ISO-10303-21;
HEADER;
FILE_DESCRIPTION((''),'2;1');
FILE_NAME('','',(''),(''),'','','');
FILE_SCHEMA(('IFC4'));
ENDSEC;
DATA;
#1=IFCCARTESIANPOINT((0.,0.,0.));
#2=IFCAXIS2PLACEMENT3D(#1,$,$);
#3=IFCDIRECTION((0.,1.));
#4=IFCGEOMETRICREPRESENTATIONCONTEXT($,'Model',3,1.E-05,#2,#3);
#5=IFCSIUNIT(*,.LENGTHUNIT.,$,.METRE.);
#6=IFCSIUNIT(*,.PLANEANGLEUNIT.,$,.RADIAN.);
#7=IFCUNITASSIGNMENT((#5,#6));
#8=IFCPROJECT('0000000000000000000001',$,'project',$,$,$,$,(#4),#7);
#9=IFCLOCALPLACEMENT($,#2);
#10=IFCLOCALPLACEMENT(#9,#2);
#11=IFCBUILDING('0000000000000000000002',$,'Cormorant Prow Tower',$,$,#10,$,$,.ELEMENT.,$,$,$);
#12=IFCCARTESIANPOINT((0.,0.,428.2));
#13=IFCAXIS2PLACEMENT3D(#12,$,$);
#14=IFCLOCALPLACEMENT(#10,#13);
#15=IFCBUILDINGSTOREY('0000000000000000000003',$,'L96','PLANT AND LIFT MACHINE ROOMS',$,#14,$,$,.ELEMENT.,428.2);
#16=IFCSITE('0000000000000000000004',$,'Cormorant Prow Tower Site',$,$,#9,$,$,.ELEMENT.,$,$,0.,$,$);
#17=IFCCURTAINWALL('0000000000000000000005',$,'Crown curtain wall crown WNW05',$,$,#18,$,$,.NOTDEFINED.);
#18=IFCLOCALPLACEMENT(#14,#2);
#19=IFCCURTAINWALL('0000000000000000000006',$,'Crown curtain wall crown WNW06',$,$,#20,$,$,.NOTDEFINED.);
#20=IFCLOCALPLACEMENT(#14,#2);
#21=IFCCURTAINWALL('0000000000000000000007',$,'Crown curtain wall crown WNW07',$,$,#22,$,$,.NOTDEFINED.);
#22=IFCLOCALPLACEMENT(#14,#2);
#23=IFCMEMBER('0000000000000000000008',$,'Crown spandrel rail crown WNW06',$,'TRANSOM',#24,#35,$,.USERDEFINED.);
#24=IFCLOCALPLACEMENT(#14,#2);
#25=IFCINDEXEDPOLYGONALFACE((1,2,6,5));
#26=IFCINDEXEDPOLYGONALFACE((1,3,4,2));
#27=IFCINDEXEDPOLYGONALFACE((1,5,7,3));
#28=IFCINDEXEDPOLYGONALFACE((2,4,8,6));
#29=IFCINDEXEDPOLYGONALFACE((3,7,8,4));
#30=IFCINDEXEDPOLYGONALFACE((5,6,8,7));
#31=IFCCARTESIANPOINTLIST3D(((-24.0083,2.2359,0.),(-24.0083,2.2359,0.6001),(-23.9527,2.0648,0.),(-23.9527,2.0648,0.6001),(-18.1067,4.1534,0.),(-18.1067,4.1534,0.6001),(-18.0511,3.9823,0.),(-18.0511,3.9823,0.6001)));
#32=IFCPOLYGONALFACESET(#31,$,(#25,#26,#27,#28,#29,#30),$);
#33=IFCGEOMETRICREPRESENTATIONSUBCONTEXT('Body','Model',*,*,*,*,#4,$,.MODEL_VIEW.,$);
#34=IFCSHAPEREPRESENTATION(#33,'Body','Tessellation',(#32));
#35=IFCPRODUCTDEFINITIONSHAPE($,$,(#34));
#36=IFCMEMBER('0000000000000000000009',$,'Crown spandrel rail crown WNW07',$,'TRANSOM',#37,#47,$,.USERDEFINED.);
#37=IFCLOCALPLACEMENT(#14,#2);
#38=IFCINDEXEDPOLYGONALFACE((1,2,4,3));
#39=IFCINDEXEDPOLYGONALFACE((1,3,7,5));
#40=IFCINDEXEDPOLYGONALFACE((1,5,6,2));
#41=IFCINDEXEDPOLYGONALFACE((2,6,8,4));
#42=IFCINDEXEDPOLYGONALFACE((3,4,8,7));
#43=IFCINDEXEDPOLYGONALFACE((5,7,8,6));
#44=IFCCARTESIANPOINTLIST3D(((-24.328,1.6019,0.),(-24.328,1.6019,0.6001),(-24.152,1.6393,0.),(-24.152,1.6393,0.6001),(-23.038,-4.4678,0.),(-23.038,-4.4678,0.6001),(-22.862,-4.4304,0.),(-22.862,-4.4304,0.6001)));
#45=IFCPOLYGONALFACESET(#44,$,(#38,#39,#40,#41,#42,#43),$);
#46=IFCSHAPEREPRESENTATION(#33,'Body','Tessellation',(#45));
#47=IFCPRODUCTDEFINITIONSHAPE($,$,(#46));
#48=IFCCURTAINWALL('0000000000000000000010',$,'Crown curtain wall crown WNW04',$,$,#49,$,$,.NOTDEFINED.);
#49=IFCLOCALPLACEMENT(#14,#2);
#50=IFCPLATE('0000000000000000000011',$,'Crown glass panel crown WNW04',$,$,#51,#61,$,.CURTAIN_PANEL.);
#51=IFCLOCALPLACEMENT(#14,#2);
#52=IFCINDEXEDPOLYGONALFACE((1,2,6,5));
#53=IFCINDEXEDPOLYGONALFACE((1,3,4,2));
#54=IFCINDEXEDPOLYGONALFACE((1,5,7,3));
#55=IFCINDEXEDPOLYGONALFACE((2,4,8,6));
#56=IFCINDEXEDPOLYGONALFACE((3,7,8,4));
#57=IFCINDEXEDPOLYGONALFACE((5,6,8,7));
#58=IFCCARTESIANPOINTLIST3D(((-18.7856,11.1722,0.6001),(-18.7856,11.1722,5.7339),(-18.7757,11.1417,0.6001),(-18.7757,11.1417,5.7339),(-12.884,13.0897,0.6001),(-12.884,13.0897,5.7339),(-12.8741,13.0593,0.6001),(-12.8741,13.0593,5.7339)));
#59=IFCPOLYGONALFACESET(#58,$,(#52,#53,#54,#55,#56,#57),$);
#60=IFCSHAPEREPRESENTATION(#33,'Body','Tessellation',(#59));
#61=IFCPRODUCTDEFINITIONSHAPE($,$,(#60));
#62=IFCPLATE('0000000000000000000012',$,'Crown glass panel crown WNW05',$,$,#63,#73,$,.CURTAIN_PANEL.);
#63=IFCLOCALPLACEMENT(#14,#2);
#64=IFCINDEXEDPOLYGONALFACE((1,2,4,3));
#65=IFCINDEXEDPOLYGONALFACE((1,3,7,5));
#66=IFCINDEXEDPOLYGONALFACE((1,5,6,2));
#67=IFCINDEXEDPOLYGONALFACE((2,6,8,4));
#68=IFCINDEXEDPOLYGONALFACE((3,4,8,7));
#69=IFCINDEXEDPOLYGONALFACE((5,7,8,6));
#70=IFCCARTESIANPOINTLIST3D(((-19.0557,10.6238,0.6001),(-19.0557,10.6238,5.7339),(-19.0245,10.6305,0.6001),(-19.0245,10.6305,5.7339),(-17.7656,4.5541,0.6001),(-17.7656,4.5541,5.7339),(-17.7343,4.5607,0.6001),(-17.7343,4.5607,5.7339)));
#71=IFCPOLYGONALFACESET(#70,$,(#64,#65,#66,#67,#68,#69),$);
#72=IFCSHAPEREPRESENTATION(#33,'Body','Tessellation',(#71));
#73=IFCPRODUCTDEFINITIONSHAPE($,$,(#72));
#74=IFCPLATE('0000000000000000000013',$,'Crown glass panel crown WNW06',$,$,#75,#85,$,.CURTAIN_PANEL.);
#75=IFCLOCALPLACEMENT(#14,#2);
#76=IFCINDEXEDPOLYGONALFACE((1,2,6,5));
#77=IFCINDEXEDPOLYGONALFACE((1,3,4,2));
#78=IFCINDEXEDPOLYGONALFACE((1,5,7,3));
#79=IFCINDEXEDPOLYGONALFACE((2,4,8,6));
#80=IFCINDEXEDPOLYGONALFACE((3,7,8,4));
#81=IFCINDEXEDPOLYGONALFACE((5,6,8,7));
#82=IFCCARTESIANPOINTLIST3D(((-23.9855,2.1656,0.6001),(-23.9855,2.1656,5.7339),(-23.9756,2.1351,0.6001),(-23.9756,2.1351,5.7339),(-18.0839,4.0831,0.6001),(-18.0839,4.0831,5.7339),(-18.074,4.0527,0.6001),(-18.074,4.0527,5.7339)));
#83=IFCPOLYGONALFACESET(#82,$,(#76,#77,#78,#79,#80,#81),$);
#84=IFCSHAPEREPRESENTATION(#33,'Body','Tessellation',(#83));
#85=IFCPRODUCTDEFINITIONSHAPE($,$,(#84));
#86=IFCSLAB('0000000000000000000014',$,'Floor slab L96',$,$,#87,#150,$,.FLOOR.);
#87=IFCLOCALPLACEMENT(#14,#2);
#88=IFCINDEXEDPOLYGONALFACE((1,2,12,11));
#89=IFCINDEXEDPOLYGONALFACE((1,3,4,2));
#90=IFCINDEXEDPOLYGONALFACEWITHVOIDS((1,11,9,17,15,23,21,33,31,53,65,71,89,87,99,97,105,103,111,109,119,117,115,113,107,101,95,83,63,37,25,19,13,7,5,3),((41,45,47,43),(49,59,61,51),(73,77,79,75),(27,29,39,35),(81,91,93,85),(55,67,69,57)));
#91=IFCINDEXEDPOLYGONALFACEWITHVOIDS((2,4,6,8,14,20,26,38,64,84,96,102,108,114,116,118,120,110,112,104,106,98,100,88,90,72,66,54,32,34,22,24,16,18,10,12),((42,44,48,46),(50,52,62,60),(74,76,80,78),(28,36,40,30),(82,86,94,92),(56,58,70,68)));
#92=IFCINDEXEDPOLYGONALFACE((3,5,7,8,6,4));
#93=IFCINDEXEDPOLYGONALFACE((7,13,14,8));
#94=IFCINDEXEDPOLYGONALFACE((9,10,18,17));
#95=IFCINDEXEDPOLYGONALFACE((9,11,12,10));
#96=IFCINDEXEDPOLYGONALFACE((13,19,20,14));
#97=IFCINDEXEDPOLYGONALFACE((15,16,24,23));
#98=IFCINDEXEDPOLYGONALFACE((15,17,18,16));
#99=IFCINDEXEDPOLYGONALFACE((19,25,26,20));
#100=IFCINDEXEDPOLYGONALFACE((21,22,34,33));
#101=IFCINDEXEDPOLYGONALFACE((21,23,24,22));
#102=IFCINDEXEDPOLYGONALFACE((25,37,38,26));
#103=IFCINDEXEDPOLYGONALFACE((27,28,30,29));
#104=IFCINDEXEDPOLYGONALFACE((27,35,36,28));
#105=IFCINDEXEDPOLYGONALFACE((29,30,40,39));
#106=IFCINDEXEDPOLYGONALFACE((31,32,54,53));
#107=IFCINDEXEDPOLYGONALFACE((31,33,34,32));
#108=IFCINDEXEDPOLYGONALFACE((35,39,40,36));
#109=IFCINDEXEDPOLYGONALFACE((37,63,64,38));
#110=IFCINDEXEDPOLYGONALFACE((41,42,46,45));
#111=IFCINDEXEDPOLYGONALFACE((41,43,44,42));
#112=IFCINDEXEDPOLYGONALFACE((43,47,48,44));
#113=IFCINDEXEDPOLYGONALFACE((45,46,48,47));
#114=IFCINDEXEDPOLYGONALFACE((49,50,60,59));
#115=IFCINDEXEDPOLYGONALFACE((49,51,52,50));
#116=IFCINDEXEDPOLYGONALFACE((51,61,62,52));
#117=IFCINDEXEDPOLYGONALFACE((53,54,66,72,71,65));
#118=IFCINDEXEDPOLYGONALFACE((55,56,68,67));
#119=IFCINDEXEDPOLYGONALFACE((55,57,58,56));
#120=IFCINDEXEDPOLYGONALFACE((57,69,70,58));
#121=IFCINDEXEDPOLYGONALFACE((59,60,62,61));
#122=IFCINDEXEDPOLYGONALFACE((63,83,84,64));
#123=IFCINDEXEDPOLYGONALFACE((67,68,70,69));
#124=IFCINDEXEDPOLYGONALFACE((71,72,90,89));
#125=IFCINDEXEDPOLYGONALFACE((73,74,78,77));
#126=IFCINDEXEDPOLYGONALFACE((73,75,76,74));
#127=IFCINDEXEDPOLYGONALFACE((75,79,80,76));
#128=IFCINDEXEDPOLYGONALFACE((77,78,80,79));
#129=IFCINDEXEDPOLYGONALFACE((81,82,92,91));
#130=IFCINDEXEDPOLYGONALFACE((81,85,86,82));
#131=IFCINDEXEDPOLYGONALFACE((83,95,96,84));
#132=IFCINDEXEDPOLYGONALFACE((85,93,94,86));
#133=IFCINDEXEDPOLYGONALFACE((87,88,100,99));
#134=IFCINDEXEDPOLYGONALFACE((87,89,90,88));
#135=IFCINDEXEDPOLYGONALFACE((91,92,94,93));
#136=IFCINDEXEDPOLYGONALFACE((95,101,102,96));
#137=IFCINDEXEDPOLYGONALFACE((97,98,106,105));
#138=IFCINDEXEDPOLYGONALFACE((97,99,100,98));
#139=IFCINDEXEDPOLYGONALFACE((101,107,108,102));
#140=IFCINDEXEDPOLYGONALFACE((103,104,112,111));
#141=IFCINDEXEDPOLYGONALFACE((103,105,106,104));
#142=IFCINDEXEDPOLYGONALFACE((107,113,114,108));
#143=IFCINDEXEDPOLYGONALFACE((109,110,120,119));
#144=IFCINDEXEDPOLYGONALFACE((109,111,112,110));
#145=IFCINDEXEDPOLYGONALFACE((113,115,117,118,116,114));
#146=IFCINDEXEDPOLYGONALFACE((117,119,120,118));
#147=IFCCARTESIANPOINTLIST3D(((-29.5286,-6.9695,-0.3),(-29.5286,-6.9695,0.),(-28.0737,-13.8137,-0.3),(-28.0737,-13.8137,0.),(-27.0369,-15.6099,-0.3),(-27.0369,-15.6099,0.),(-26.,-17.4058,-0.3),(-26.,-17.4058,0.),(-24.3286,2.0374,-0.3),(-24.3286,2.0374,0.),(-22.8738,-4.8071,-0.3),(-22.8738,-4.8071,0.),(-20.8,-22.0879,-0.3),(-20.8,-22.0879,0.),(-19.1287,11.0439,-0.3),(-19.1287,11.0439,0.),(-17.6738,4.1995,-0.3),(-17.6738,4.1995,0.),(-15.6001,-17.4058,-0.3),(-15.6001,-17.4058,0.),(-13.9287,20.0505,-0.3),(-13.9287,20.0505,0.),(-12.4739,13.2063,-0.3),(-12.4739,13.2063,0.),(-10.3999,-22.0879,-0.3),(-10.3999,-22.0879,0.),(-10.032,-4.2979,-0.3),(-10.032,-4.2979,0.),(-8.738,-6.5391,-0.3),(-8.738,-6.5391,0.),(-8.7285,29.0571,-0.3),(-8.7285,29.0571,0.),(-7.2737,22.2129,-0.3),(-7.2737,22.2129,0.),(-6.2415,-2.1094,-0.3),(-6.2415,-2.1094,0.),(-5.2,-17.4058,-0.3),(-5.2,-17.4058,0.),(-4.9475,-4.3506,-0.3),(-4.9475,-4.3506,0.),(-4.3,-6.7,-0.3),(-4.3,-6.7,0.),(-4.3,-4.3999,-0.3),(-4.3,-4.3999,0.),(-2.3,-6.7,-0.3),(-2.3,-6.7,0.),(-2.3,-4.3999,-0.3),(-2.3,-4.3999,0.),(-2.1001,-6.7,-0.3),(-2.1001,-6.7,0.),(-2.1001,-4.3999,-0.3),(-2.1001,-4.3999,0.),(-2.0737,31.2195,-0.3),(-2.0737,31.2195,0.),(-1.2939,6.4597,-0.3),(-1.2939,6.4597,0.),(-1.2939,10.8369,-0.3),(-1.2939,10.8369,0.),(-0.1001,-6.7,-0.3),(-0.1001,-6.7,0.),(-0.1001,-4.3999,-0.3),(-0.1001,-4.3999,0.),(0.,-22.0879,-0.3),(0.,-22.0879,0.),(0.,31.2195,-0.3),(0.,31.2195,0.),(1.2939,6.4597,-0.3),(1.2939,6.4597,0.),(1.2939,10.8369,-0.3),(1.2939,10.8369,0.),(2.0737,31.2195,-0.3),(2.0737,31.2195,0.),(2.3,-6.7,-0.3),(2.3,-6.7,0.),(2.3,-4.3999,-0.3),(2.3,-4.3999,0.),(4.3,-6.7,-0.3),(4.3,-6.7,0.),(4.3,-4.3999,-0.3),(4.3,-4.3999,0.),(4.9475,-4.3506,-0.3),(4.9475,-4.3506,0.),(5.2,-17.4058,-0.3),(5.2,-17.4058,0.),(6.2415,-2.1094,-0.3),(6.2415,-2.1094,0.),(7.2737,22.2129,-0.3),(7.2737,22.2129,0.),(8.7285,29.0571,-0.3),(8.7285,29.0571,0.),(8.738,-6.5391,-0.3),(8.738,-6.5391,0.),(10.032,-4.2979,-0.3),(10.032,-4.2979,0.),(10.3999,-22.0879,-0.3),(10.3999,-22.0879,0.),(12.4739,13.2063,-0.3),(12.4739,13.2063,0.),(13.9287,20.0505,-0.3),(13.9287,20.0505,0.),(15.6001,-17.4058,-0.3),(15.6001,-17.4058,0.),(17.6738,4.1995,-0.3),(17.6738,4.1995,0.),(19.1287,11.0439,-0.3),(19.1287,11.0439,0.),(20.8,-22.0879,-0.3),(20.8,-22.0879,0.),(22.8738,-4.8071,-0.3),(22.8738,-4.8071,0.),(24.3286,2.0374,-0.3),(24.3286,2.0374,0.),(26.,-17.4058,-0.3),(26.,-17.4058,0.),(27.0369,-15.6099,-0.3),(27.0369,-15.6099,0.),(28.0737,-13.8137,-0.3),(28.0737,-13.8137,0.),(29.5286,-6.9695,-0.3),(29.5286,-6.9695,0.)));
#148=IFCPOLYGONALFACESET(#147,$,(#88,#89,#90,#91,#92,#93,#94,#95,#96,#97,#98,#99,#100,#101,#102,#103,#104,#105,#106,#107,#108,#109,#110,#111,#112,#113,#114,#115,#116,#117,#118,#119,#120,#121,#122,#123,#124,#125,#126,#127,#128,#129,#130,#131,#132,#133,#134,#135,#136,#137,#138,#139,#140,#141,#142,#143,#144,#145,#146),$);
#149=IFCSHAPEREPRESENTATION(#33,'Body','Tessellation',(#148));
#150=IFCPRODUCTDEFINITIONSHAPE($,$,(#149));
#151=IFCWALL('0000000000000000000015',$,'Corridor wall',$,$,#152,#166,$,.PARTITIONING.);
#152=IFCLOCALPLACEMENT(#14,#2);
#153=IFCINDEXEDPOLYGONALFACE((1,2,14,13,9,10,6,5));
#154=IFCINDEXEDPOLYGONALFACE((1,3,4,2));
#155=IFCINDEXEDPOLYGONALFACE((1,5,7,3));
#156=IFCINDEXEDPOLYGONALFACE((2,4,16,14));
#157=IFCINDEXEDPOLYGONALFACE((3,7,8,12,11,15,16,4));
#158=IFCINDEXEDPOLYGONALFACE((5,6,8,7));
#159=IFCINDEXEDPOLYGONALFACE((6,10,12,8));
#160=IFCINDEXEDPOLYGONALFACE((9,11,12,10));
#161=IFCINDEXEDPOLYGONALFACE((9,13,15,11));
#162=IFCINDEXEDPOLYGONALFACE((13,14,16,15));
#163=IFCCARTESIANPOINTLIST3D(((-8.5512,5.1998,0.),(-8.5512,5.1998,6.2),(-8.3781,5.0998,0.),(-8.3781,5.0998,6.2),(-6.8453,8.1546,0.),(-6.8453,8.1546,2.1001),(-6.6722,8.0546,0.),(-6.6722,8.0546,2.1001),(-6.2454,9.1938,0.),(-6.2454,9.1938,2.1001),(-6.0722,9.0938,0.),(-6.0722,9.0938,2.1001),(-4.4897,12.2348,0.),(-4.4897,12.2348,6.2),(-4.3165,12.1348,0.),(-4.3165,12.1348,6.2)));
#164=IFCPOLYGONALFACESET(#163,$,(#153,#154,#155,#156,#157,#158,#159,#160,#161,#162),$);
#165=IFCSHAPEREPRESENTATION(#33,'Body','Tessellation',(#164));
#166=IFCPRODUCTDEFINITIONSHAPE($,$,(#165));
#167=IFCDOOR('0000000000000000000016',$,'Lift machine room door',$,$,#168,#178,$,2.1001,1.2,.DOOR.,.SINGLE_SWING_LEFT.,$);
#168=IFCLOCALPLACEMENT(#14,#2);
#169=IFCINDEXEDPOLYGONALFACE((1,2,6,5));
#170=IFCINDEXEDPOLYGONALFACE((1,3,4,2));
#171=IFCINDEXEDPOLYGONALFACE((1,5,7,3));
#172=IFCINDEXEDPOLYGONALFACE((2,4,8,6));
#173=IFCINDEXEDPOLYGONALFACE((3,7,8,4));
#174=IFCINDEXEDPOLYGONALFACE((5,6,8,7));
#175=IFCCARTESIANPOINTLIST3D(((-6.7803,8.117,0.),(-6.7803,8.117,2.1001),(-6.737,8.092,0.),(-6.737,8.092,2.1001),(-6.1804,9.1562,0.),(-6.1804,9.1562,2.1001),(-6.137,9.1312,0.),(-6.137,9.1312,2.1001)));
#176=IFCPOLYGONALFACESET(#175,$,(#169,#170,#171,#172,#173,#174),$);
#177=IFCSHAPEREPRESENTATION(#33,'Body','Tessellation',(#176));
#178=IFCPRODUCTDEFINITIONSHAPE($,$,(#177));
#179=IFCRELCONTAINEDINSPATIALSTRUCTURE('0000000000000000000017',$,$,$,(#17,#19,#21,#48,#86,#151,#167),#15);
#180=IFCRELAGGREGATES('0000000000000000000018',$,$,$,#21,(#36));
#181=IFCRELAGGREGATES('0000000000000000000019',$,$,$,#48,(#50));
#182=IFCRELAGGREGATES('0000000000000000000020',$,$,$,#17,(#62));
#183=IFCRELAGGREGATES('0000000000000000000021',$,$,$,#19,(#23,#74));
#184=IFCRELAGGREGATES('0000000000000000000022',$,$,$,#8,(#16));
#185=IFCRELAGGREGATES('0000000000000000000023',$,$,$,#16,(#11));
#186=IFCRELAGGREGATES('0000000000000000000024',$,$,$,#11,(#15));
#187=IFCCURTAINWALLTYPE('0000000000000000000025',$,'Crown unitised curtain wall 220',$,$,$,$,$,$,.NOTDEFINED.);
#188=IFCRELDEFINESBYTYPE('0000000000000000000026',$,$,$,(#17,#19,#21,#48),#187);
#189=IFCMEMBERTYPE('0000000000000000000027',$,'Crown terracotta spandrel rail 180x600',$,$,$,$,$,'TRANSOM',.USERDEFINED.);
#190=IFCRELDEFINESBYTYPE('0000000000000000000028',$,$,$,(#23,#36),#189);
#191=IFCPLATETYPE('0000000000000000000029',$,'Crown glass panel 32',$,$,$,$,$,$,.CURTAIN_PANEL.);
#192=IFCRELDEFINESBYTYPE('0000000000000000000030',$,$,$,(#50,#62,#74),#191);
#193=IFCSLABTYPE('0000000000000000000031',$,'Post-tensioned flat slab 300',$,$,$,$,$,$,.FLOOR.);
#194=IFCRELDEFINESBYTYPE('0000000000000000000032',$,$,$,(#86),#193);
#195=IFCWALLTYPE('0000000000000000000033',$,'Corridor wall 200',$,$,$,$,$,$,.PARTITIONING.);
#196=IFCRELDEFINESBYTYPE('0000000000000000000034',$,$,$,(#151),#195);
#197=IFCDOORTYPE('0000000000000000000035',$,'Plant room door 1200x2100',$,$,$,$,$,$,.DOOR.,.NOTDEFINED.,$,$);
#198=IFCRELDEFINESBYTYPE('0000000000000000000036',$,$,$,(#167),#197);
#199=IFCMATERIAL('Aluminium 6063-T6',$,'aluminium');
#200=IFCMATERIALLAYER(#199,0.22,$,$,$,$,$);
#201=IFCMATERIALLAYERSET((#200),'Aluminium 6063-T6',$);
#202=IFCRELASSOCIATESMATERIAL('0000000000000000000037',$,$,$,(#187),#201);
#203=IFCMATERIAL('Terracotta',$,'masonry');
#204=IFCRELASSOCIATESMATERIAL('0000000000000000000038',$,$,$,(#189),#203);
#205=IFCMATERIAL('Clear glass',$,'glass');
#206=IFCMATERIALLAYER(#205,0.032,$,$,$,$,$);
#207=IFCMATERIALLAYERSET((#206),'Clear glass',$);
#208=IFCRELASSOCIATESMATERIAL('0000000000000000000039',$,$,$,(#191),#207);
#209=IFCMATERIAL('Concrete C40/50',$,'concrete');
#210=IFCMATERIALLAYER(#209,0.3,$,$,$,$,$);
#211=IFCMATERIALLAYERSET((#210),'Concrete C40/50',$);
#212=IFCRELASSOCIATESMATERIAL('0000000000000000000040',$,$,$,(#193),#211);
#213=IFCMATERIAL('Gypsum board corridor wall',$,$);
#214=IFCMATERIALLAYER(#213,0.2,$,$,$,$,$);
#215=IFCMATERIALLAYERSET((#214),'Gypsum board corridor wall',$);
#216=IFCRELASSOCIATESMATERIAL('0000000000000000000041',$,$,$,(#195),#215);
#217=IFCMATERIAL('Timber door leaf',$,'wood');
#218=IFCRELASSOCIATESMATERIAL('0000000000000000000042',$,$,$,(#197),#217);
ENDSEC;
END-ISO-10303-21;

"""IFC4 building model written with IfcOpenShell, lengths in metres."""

from ifc_helpers import new_model, si_unit, direction, frame, frame_2d, origin, origin_2d, place, context, subcontext, project, spatial, polyline, rectangle, outline, extrude, material, layer, layer_set, material_profile, profile_set, type_object, element, fill, aggregate, save


model = new_model("IFC4")

# Units and contexts
model_context = context("Model", 3, precision=1e-05, world=origin(), true_north=direction((0.0, 1.0)))
body_context = subcontext(model_context, "Body", "Model", "MODEL_VIEW")
ifc_project = project(units=[si_unit("LENGTHUNIT", "METRE"), si_unit("PLANEANGLEUNIT", "RADIAN")], contexts=[model_context])

# Site, building, storey
site_placement = place(None, origin())
site = spatial("IfcSite", under=ifc_project, at=site_placement, Name="Cormorant Prow Tower Site", CompositionType="ELEMENT", RefElevation=0.0)
building_placement = place(site_placement, origin())
building = spatial("IfcBuilding", under=site, at=building_placement, Name="Cormorant Prow Tower", CompositionType="ELEMENT")
storey_placement = place(building_placement, frame((0.0, 0.0, 428.2)))
storey = spatial("IfcBuildingStorey", under=building, at=storey_placement, Name="L96", Description="PLANT AND LIFT MACHINE ROOMS", CompositionType="ELEMENT", Elevation=428.2)

# Curtain walls
ifc_material_1 = material(Name="Aluminium 6063-T6", Category="aluminium")
ifc_layer_1 = layer(ifc_material_1, 0.22)
ifc_layer_set_1 = layer_set([ifc_layer_1], Name="Aluminium 6063-T6")
curtain_wall_type = type_object("IfcCurtainWallType", Name="Crown unitised curtain wall 220", PredefinedType="NOTDEFINED", material=ifc_layer_set_1)
curtain_wall_1_placement = place(storey_placement, origin())
curtain_wall_1 = element("IfcCurtainWall", 1, at=curtain_wall_1_placement, inside=storey, type_object=curtain_wall_type, Name="Crown curtain wall crown WNW05", PredefinedType="NOTDEFINED")
curtain_wall_2_placement = place(storey_placement, origin())
curtain_wall_2 = element("IfcCurtainWall", 2, at=curtain_wall_2_placement, inside=storey, type_object=curtain_wall_type, Name="Crown curtain wall crown WNW06", PredefinedType="NOTDEFINED")
curtain_wall_3_placement = place(storey_placement, origin())
curtain_wall_3 = element("IfcCurtainWall", 3, at=curtain_wall_3_placement, inside=storey, type_object=curtain_wall_type, Name="Crown curtain wall crown WNW07", PredefinedType="NOTDEFINED")

# Members
ifc_material_2 = material(Name="Terracotta", Category="masonry")
ifc_material_profile_1 = material_profile(ifc_material_2, rectangle(XDim=0.1799, YDim=0.6001, at=origin_2d()), Name="Crown terracotta spandrel rail 180x600")
ifc_profile_set_1 = profile_set([ifc_material_profile_1], Name="Terracotta")
member_type_1 = type_object("IfcMemberType", Name="Crown terracotta spandrel rail 180x600", ElementType="TRANSOM", PredefinedType="USERDEFINED", material=ifc_profile_set_1)
member_1_placement = place(storey_placement, frame((-18.0789, 4.0679, 0.3), z_axis=(-0.95106, -0.309007, 0.0), x_axis=(0.309007, -0.95106, 0.0)))
member_1 = element("IfcMember", 4, at=member_1_placement, type_object=member_type_1, Name="Crown spandrel rail crown WNW06", ObjectType="TRANSOM", PredefinedType="USERDEFINED", context=body_context, shape_type="SweptSolid", body=[
    extrude(rectangle(XDim=0.1799, YDim=0.6001, at=origin_2d()), origin(), (0.0, 0.0, 1.0), 6.2053),
])
member_2_placement = place(storey_placement, frame((-24.24, 1.6206, 0.3), z_axis=(0.20789, -0.978152, 0.0), x_axis=(0.978152, 0.20789, 0.0)))
member_2 = element("IfcMember", 5, at=member_2_placement, type_object=member_type_1, Name="Crown spandrel rail crown WNW07", ObjectType="TRANSOM", PredefinedType="USERDEFINED", context=body_context, shape_type="SweptSolid", body=[
    extrude(rectangle(XDim=0.1799, YDim=0.6001, at=origin_2d()), origin(), (0.0, 0.0, 1.0), 6.2053),
])
aggregate(curtain_wall_3, [member_2])

# Curtain wall, plate
curtain_wall_4_placement = place(storey_placement, origin())
curtain_wall_4 = element("IfcCurtainWall", 6, at=curtain_wall_4_placement, inside=storey, type_object=curtain_wall_type, Name="Crown curtain wall crown WNW04", PredefinedType="NOTDEFINED")
ifc_material_3 = material(Name="Clear glass", Category="glass")
ifc_layer_2 = layer(ifc_material_3, 0.032)
ifc_layer_set_2 = layer_set([ifc_layer_2], Name="Clear glass")
plate_type = type_object("IfcPlateType", Name="Crown glass panel 32", PredefinedType="CURTAIN_PANEL", material=ifc_layer_set_2)
plate_1_placement = place(storey_placement, frame((-15.8298, 12.1157, 0.6001), z_axis=(0.0, 0.0, 1.0), x_axis=(-0.951056, -0.309017, 0.0)))
plate_1 = element("IfcPlate", 7, at=plate_1_placement, type_object=plate_type, Name="Crown glass panel crown WNW04", PredefinedType="CURTAIN_PANEL", context=body_context, shape_type="SweptSolid", body=[
    extrude(rectangle(XDim=6.2053, YDim=0.032, at=origin_2d()), origin(), (0.0, 0.0, 1.0), 5.1338),
])
aggregate(curtain_wall_4, [plate_1])

# Plates
plate_2_placement = place(storey_placement, frame((-18.395, 7.5923, 0.6001), z_axis=(0.0, 0.0, 1.0), x_axis=(0.207912, -0.978148, 0.0)))
plate_2 = element("IfcPlate", 8, at=plate_2_placement, type_object=plate_type, Name="Crown glass panel crown WNW05", PredefinedType="CURTAIN_PANEL", context=body_context, shape_type="SweptSolid", body=[
    extrude(rectangle(XDim=6.2053, YDim=0.032, at=origin_2d()), origin(), (0.0, 0.0, 1.0), 5.1338),
])
aggregate(curtain_wall_1, [plate_2])
plate_3_placement = place(storey_placement, frame((-21.0298, 3.1091, 0.6001), z_axis=(0.0, 0.0, 1.0), x_axis=(-0.951056, -0.309017, 0.0)))
plate_3 = element("IfcPlate", 9, at=plate_3_placement, type_object=plate_type, Name="Crown glass panel crown WNW06", PredefinedType="CURTAIN_PANEL", context=body_context, shape_type="SweptSolid", body=[
    extrude(rectangle(XDim=6.2053, YDim=0.032, at=origin_2d()), origin(), (0.0, 0.0, 1.0), 5.1338),
])
aggregate(curtain_wall_2, [member_1, plate_3])

# Slab
ifc_material_4 = material(Name="Concrete C40/50", Category="concrete")
ifc_layer_3 = layer(ifc_material_4, 0.3)
ifc_layer_set_3 = layer_set([ifc_layer_3], Name="Concrete C40/50")
slab_type = type_object("IfcSlabType", Name="Post-tensioned flat slab 300", PredefinedType="FLOOR", material=ifc_layer_set_3)
slab_placement = place(storey_placement, frame((0.0, 0.0, -0.3)))
element("IfcSlab", 10, at=slab_placement, inside=storey, type_object=slab_type, Name="Floor slab L96", PredefinedType="FLOOR", context=body_context, shape_type="SweptSolid", body=[
    extrude(outline(polyline([(-19.1287, 11.0439), (-17.6738, 4.1995), (-24.3286, 2.0374), (-22.8738, -4.8071), (-29.5286, -6.9695), (-28.0737, -13.8137), (-27.0369, -15.6099), (-26.0, -17.4058), (-20.8, -22.0879), (-15.6001, -17.4058), (-10.3999, -22.0879), (-5.2, -17.4058), (0.0, -22.0879), (5.2, -17.4058), (10.3999, -22.0879), (15.6001, -17.4058), (20.8, -22.0879), (26.0, -17.4058), (27.0369, -15.6099), (28.0737, -13.8137), (29.5286, -6.9695), (22.8738, -4.8071), (24.3286, 2.0374), (17.6738, 4.1995), (19.1287, 11.0439), (12.4739, 13.2063), (13.9287, 20.0505), (7.2737, 22.2129), (8.7285, 29.0571), (2.0737, 31.2195), (0.0, 31.2195), (-2.0737, 31.2195), (-8.7285, 29.0571), (-7.2737, 22.2129), (-13.9287, 20.0505), (-12.4739, 13.2063), (-19.1287, 11.0439)]), holes=[polyline([(-4.3, -4.3999), (-2.3, -4.3999), (-2.3, -6.7), (-4.3, -6.7), (-4.3, -4.3999)]), polyline([(-0.1001, -4.3999), (-0.1001, -6.7), (-2.1001, -6.7), (-2.1001, -4.3999), (-0.1001, -4.3999)]), polyline([(4.3, -6.7), (2.3, -6.7), (2.3, -4.3999), (4.3, -4.3999), (4.3, -6.7)]), polyline([(-4.9475, -4.3506), (-8.738, -6.5391), (-10.032, -4.2979), (-6.2415, -2.1094), (-4.9475, -4.3506)]), polyline([(10.032, -4.2979), (8.738, -6.5391), (4.9475, -4.3506), (6.2415, -2.1094), (10.032, -4.2979)]), polyline([(1.2939, 10.8369), (1.2939, 6.4597), (-1.2939, 6.4597), (-1.2939, 10.8369), (1.2939, 10.8369)])]), origin(), (0.0, 0.0, 1.0), 0.3),
])

# Wall, opening, door
ifc_material_5 = material(Name="Gypsum board corridor wall")
ifc_layer_4 = layer(ifc_material_5, 0.2)
ifc_layer_set_4 = layer_set([ifc_layer_4], Name="Gypsum board corridor wall")
wall_type_1 = type_object("IfcWallType", Name="Corridor wall 200", PredefinedType="PARTITIONING", material=ifc_layer_set_4)
wall_1_placement = place(storey_placement, frame((-8.4646, 5.1499, 0.0), z_axis=(0.0, 0.0, 1.0), x_axis=(0.499992, 0.86603, 0.0)))
wall_1 = element("IfcWall", 11, at=wall_1_placement, inside=storey, type_object=wall_type_1, Name="Corridor wall", PredefinedType="PARTITIONING", context=body_context, shape_type="SweptSolid", body=[
    extrude(rectangle(XDim=8.1233, YDim=0.2, at=frame_2d((4.0615, 0.0))), origin(), (0.0, 0.0, 1.0), 6.2),
])
opening_1_placement = place(wall_1_placement, frame((3.4116, 0.0, 0.0)))
opening_1 = element("IfcOpeningElement", 12, at=opening_1_placement, cuts=wall_1, PredefinedType="OPENING", context=body_context, shape_type="SweptSolid", body=[
    extrude(rectangle(XDim=1.2, YDim=2.1001, at=frame_2d((0.6001, 1.05))), frame((0.0, 0.1099, 0.0), z_axis=(0.0, -1.0, 0.0), x_axis=(1.0, 0.0, 0.0)), (0.0, 0.0, 1.0), 0.22),
])
ifc_material_6 = material(Name="Timber door leaf", Category="wood")
door_type_1 = type_object("IfcDoorType", Name="Plant room door 1200x2100", OperationType="NOTDEFINED", PredefinedType="DOOR", material=ifc_material_6)
door_1_placement = place(opening_1_placement, origin())
door_1 = element("IfcDoor", 13, at=door_1_placement, inside=storey, type_object=door_type_1, Name="Lift machine room door", OperationType="SINGLE_SWING_LEFT", OverallHeight=2.1001, OverallWidth=1.2, PredefinedType="DOOR", context=body_context, shape_type="SweptSolid", body=[
    extrude(rectangle(XDim=1.2, YDim=2.1001, at=frame_2d((0.6001, 1.05))), frame((0.0, 0.0249, 0.0), z_axis=(0.0, -1.0, 0.0), x_axis=(1.0, 0.0, 0.0)), (0.0, 0.0, 1.0), 0.05),
])
fill(opening_1, door_1)

save(model, "model.ifc")
